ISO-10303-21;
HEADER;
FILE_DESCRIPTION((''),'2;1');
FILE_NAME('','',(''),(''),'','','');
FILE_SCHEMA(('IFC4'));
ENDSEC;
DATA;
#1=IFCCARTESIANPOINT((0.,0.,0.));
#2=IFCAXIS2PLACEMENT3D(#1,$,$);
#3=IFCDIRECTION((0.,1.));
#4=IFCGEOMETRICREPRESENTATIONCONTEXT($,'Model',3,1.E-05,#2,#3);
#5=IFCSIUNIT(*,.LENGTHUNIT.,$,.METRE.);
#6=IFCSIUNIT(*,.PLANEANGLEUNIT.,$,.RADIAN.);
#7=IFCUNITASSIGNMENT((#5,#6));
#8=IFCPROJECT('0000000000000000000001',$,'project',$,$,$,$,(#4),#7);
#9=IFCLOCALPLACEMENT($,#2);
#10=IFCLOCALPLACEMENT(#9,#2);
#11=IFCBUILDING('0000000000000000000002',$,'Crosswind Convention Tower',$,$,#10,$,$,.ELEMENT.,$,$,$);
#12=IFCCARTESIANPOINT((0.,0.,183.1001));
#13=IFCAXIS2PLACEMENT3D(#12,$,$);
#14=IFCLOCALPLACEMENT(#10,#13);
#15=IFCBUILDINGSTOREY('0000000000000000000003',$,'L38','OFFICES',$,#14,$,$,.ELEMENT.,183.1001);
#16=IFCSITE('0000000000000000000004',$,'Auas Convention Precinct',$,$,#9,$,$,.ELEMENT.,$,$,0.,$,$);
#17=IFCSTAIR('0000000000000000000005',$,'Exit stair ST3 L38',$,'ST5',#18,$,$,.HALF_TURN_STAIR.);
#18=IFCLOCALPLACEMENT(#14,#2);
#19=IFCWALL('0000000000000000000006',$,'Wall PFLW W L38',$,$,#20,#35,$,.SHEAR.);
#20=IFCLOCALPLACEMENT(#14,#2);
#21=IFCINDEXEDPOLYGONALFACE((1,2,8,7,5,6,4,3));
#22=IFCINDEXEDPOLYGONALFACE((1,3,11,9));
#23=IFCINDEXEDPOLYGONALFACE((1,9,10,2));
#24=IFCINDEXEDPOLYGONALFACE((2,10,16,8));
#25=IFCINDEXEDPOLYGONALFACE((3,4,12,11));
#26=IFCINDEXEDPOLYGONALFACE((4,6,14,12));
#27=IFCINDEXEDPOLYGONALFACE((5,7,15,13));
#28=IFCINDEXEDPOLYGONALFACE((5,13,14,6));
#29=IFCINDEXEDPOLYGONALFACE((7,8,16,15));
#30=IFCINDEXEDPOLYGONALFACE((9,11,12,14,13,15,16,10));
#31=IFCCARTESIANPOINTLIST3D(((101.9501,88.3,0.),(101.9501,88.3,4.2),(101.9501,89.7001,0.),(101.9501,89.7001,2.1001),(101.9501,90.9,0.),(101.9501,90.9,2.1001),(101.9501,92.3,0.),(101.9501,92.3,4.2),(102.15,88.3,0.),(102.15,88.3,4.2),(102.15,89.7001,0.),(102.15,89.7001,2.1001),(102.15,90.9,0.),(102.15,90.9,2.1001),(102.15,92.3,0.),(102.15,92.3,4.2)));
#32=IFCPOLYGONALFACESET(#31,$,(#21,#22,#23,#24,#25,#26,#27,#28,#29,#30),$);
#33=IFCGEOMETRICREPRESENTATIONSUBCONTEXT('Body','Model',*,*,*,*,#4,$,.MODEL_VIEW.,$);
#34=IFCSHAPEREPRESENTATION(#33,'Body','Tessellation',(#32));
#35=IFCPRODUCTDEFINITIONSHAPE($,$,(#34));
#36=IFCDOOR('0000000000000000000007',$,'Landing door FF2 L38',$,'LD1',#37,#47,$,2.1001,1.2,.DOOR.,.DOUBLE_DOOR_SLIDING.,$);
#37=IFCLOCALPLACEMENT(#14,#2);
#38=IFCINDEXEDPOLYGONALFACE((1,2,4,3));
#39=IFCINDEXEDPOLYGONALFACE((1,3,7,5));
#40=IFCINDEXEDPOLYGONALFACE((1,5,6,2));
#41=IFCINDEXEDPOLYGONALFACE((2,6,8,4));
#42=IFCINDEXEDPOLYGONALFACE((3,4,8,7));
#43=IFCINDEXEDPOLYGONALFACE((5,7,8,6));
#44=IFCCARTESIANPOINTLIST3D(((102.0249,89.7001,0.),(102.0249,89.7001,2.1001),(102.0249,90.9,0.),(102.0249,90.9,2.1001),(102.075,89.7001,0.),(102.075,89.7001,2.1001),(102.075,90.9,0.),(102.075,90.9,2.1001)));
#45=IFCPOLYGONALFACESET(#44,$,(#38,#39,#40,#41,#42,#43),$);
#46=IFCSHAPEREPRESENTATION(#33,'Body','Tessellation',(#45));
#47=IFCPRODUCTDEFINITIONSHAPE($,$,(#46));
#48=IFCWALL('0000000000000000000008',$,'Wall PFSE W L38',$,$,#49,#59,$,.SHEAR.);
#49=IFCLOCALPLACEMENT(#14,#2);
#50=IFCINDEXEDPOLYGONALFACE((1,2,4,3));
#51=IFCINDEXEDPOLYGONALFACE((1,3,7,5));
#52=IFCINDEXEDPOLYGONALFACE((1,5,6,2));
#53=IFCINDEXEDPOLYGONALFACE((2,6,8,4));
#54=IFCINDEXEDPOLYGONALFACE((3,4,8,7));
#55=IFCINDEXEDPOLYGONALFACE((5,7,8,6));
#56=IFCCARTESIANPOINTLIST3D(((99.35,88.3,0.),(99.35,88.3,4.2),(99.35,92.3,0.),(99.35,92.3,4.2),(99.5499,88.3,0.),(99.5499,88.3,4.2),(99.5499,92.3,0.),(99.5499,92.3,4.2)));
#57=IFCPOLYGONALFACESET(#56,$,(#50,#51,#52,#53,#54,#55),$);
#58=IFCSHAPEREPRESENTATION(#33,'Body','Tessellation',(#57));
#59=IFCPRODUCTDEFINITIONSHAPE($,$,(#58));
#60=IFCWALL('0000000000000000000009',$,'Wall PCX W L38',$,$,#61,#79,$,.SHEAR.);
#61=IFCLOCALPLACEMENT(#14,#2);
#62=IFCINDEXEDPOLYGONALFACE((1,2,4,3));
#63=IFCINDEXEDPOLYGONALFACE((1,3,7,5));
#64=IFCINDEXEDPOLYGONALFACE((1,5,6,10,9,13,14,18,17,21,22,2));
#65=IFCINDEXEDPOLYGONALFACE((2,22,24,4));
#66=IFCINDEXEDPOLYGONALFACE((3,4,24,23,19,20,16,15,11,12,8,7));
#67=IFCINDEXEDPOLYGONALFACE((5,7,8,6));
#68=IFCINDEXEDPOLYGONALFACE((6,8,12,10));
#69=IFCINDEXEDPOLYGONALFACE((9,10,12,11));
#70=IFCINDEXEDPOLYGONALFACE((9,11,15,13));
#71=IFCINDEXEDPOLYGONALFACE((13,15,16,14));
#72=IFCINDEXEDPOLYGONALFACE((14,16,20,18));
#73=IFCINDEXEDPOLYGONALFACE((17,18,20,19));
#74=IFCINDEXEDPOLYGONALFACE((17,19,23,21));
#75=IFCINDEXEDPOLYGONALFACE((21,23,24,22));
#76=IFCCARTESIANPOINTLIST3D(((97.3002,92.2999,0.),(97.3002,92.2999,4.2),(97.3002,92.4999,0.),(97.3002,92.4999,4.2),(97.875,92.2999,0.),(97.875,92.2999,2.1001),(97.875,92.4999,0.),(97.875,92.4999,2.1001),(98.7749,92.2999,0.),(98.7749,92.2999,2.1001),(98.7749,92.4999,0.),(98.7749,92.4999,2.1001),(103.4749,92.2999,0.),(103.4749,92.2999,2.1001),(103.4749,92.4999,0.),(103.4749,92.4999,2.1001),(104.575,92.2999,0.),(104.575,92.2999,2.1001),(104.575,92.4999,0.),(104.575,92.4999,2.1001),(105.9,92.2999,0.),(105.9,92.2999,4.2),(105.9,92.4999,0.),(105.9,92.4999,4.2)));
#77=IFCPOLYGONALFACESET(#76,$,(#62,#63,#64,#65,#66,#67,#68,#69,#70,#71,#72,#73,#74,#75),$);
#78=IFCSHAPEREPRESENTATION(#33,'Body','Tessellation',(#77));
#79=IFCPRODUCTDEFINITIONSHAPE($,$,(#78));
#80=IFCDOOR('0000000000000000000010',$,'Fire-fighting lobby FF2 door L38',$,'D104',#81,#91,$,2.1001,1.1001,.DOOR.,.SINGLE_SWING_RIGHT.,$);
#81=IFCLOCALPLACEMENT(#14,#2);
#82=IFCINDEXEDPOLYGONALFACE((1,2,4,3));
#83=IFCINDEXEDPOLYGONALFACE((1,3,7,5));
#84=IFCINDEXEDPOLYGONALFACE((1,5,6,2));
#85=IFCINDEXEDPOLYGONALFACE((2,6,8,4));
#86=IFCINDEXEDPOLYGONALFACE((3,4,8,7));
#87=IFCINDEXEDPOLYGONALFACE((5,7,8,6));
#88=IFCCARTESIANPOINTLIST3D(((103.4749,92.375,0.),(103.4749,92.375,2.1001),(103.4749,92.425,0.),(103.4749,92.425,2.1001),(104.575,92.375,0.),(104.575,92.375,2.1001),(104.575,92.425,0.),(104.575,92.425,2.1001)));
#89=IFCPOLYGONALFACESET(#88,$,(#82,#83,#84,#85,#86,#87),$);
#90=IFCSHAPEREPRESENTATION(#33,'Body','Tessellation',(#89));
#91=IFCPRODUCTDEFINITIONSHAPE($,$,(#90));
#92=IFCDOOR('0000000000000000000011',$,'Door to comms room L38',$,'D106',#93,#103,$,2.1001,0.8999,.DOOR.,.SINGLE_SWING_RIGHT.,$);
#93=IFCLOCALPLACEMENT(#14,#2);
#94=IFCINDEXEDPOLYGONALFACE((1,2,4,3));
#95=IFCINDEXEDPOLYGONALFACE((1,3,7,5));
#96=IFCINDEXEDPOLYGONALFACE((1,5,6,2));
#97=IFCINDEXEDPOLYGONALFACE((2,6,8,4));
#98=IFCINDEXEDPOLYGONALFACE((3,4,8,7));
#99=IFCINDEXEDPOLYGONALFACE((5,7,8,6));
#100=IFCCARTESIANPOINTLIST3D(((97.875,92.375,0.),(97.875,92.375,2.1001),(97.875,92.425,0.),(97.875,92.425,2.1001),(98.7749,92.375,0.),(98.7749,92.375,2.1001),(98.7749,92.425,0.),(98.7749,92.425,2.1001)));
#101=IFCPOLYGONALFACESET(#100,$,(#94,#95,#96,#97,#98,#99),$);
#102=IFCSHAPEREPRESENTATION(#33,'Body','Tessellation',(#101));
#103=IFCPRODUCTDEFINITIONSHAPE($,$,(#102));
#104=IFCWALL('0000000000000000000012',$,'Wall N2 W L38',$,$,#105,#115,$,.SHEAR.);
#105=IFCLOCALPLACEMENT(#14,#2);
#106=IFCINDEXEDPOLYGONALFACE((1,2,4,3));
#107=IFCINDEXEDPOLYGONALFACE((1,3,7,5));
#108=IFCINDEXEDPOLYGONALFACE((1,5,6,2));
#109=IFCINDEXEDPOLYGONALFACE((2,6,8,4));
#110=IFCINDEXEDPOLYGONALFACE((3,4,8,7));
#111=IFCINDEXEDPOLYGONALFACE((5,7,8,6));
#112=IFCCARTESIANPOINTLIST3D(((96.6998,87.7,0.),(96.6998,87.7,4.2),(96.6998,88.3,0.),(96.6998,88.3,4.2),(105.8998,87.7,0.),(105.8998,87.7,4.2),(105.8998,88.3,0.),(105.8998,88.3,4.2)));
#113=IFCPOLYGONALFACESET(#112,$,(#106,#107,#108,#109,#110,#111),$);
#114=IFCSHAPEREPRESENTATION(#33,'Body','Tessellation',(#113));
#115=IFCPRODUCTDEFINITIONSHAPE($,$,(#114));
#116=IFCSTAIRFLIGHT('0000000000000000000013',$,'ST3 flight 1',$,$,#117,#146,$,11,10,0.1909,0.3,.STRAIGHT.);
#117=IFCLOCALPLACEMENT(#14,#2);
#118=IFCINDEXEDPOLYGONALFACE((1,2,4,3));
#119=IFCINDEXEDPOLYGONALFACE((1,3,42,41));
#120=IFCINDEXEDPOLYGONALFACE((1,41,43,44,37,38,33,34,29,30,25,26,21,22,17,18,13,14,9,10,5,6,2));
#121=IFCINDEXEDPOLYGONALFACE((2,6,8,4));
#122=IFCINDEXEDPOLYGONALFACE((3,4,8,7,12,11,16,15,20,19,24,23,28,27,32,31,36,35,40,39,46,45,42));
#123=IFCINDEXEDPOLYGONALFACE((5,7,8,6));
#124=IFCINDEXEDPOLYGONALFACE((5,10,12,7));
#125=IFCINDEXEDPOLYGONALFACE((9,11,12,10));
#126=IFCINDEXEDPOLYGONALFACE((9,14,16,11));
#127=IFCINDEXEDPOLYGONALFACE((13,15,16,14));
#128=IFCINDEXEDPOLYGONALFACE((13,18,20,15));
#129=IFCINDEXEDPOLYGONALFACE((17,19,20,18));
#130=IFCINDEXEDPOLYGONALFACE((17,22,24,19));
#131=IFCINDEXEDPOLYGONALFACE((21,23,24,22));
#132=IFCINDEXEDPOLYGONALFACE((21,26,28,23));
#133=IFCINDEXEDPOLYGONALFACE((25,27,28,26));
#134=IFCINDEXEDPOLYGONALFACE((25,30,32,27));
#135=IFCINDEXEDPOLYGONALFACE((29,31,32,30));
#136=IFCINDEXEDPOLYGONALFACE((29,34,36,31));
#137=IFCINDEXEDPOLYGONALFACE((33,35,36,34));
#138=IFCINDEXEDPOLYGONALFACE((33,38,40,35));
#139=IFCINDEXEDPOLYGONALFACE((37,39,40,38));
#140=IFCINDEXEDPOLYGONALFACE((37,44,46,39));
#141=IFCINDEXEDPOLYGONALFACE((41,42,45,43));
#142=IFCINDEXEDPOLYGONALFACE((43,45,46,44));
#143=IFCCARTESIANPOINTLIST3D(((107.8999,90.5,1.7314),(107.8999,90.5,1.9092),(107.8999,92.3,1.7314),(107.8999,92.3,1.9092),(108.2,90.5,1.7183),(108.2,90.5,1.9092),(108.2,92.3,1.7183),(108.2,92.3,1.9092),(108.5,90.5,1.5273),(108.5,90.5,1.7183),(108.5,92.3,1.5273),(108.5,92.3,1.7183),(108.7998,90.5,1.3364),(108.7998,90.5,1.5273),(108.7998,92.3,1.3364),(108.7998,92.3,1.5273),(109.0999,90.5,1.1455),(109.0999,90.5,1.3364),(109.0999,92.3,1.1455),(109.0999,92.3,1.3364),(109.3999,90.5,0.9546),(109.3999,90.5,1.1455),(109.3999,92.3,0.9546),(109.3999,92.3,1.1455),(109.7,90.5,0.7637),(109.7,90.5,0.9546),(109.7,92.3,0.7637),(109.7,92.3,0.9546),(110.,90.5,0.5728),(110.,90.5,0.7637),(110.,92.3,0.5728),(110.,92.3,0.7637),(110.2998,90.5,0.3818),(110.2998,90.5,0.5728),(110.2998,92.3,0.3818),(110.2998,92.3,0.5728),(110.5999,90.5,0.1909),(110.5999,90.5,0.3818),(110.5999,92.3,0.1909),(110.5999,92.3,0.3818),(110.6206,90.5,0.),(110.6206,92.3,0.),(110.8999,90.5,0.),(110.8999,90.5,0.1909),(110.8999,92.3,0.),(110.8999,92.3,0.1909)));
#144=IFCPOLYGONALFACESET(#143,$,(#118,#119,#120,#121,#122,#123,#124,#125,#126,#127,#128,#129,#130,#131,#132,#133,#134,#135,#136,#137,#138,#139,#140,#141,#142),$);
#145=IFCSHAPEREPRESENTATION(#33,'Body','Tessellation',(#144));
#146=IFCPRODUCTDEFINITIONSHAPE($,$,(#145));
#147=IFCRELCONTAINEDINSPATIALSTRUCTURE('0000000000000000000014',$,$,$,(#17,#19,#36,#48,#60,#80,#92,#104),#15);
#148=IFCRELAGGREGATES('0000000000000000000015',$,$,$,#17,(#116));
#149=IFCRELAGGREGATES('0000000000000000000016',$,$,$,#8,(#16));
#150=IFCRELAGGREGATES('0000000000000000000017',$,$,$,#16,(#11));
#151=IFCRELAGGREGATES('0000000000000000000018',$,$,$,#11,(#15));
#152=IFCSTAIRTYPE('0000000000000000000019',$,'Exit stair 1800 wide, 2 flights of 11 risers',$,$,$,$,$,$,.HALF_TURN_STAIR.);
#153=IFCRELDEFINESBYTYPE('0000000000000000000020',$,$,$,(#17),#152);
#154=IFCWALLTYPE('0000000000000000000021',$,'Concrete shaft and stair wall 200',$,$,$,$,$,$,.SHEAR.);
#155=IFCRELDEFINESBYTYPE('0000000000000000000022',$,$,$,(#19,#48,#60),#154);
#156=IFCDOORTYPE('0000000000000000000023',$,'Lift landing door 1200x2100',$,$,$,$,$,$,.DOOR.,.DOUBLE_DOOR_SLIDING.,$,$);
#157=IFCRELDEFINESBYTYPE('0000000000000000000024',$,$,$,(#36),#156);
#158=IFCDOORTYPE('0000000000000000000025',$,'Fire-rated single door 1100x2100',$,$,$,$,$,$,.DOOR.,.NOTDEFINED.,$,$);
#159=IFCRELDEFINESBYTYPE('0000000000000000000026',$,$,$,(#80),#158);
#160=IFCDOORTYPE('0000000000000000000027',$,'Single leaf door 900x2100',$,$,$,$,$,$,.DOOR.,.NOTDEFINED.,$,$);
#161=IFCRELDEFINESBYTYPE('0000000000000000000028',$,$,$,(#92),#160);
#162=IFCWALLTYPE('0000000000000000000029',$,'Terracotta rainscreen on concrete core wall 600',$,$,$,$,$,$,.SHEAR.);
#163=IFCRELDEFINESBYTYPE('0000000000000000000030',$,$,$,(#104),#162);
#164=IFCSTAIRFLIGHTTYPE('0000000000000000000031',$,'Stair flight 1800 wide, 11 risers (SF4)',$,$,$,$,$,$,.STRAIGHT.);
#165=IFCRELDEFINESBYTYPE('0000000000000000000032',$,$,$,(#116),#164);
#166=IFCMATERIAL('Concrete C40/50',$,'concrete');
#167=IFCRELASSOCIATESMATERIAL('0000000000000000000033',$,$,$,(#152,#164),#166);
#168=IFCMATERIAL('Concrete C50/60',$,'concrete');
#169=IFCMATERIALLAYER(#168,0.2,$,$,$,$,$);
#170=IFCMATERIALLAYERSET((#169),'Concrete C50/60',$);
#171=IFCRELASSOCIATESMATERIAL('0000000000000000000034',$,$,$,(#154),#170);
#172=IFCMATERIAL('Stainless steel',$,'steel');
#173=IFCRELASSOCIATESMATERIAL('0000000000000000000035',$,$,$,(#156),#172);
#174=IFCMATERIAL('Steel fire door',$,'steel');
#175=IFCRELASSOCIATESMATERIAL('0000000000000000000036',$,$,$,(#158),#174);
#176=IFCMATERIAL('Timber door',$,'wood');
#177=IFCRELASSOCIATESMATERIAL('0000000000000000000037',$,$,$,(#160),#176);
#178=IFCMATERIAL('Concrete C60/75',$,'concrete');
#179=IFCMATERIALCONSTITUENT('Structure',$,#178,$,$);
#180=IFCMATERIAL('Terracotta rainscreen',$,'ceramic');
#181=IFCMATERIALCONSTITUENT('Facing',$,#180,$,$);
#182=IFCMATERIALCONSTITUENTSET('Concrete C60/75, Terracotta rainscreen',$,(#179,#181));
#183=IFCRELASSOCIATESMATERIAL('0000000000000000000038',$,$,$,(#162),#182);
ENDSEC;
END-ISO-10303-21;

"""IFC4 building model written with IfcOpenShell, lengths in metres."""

from ifc_helpers import new_model, si_unit, direction, frame, frame_2d, origin, place, context, subcontext, project, spatial, polyline, rectangle, outline, extrude, material, layer, layer_set, constituent, constituent_set, type_object, element, fill, aggregate, save


model = new_model("IFC4")

# Units and contexts
model_context = context("Model", 3, precision=1e-05, world=origin(), true_north=direction((0.0, 1.0)))
body_context = subcontext(model_context, "Body", "Model", "MODEL_VIEW")
ifc_project = project(units=[si_unit("LENGTHUNIT", "METRE"), si_unit("PLANEANGLEUNIT", "RADIAN")], contexts=[model_context])

# Site, building, storey
site_placement = place(None, origin())
site = spatial("IfcSite", under=ifc_project, at=site_placement, Name="Auas Convention Precinct", CompositionType="ELEMENT", RefElevation=0.0)
building_placement = place(site_placement, origin())
building = spatial("IfcBuilding", under=site, at=building_placement, Name="Crosswind Convention Tower", CompositionType="ELEMENT")
storey_placement = place(building_placement, frame((0.0, 0.0, 183.1001)))
storey = spatial("IfcBuildingStorey", under=building, at=storey_placement, Name="L38", Description="OFFICES", CompositionType="ELEMENT", Elevation=183.1001)

# Shared definitions
ifc_material_1 = material(Name="Concrete C40/50", Category="concrete")

# Stair
stair_type = type_object("IfcStairType", Name="Exit stair 1800 wide, 2 flights of 11 risers", PredefinedType="HALF_TURN_STAIR", material=ifc_material_1)
stair_1_placement = place(storey_placement, origin())
stair_1 = element("IfcStair", 1, at=stair_1_placement, inside=storey, type_object=stair_type, Name="Exit stair ST3 L38", ObjectType="ST5", PredefinedType="HALF_TURN_STAIR")

# Shared definitions
ifc_material_2 = material(Name="Concrete C50/60", Category="concrete")
ifc_layer_1 = layer(ifc_material_2, 0.2)
ifc_layer_set_1 = layer_set([ifc_layer_1], Name="Concrete C50/60")
wall_type_1 = type_object("IfcWallType", Name="Concrete shaft and stair wall 200", PredefinedType="SHEAR", material=ifc_layer_set_1)

# Wall, opening, door
wall_1_placement = place(storey_placement, frame((102.05, 92.3, 0.0), z_axis=(0.0, 0.0, 1.0), x_axis=(0.0, -1.0, 0.0)))
wall_1 = element("IfcWall", 2, at=wall_1_placement, inside=storey, type_object=wall_type_1, Name="Wall PFLW W L38", PredefinedType="SHEAR", context=body_context, shape_type="SweptSolid", body=[
    extrude(rectangle(XDim=4.0, YDim=0.2, at=frame_2d((2.0, 0.0))), origin(), (0.0, 0.0, 1.0), 4.2),
])
opening_1_placement = place(wall_1_placement, frame((1.3999, 0.0, 0.0)))
opening_1 = element("IfcOpeningElement", 3, at=opening_1_placement, cuts=wall_1, PredefinedType="OPENING", context=body_context, shape_type="SweptSolid", body=[
    extrude(rectangle(XDim=1.2, YDim=2.1001, at=frame_2d((0.6001, 1.05))), frame((0.0, 0.1099, 0.0), z_axis=(0.0, -1.0, 0.0), x_axis=(1.0, 0.0, 0.0)), (0.0, 0.0, 1.0), 0.22),
])
ifc_material_3 = material(Name="Stainless steel", Category="steel")
door_type_1 = type_object("IfcDoorType", Name="Lift landing door 1200x2100", OperationType="DOUBLE_DOOR_SLIDING", PredefinedType="DOOR", material=ifc_material_3)
door_1_placement = place(opening_1_placement, origin())
door_1 = element("IfcDoor", 4, at=door_1_placement, inside=storey, type_object=door_type_1, Name="Landing door FF2 L38", ObjectType="LD1", OperationType="DOUBLE_DOOR_SLIDING", OverallHeight=2.1001, OverallWidth=1.2, PredefinedType="DOOR", context=body_context, shape_type="SweptSolid", body=[
    extrude(rectangle(XDim=1.2, YDim=2.1001, at=frame_2d((0.6001, 1.05))), frame((0.0, 0.0249, 0.0), z_axis=(0.0, -1.0, 0.0), x_axis=(1.0, 0.0, 0.0)), (0.0, 0.0, 1.0), 0.05),
])
fill(opening_1, door_1)

# Wall
wall_2_placement = place(storey_placement, frame((99.45, 92.3, 0.0), z_axis=(0.0, 0.0, 1.0), x_axis=(0.0, -1.0, 0.0)))
element("IfcWall", 5, at=wall_2_placement, inside=storey, type_object=wall_type_1, Name="Wall PFSE W L38", PredefinedType="SHEAR", context=body_context, shape_type="SweptSolid", body=[
    extrude(rectangle(XDim=4.0, YDim=0.2, at=frame_2d((2.0, 0.0))), origin(), (0.0, 0.0, 1.0), 4.2),
])

# Wall, openings, doors
wall_3_placement = place(storey_placement, frame((105.8999, 92.3999, 0.0), z_axis=(0.0, 0.0, 1.0), x_axis=(-1.0, 0.0, 0.0)))
wall_3 = element("IfcWall", 6, at=wall_3_placement, inside=storey, type_object=wall_type_1, Name="Wall PCX W L38", PredefinedType="SHEAR", context=body_context, shape_type="SweptSolid", body=[
    extrude(rectangle(XDim=8.5999, YDim=0.2, at=frame_2d((4.2998, 0.0))), origin(), (0.0, 0.0, 1.0), 4.2),
])
opening_2_placement = place(wall_3_placement, frame((1.325, 0.0, 0.0)))
opening_2 = element("IfcOpeningElement", 7, at=opening_2_placement, cuts=wall_3, PredefinedType="OPENING", context=body_context, shape_type="SweptSolid", body=[
    extrude(rectangle(XDim=1.1001, YDim=2.1001, at=frame_2d((0.55, 1.05))), frame((0.0, 0.1099, 0.0), z_axis=(0.0, -1.0, 0.0), x_axis=(1.0, 0.0, 0.0)), (0.0, 0.0, 1.0), 0.22),
])
opening_3_placement = place(wall_3_placement, frame((7.125, 0.0, 0.0)))
opening_3 = element("IfcOpeningElement", 8, at=opening_3_placement, cuts=wall_3, PredefinedType="OPENING", context=body_context, shape_type="SweptSolid", body=[
    extrude(rectangle(XDim=0.8999, YDim=2.1001, at=frame_2d((0.45, 1.05))), frame((0.0, 0.1099, 0.0), z_axis=(0.0, -1.0, 0.0), x_axis=(1.0, 0.0, 0.0)), (0.0, 0.0, 1.0), 0.22),
])
ifc_material_4 = material(Name="Steel fire door", Category="steel")
door_type_2 = type_object("IfcDoorType", Name="Fire-rated single door 1100x2100", OperationType="NOTDEFINED", PredefinedType="DOOR", material=ifc_material_4)
door_2_placement = place(opening_2_placement, origin())
door_2 = element("IfcDoor", 9, at=door_2_placement, inside=storey, type_object=door_type_2, Name="Fire-fighting lobby FF2 door L38", ObjectType="D104", OperationType="SINGLE_SWING_RIGHT", OverallHeight=2.1001, OverallWidth=1.1001, PredefinedType="DOOR", context=body_context, shape_type="SweptSolid", body=[
    extrude(rectangle(XDim=1.1001, YDim=2.1001, at=frame_2d((0.55, 1.05))), frame((0.0, 0.0249, 0.0), z_axis=(0.0, -1.0, 0.0), x_axis=(1.0, 0.0, 0.0)), (0.0, 0.0, 1.0), 0.05),
])
fill(opening_2, door_2)
ifc_material_5 = material(Name="Timber door", Category="wood")
door_type_3 = type_object("IfcDoorType", Name="Single leaf door 900x2100", OperationType="NOTDEFINED", PredefinedType="DOOR", material=ifc_material_5)
door_3_placement = place(opening_3_placement, origin())
door_3 = element("IfcDoor", 10, at=door_3_placement, inside=storey, type_object=door_type_3, Name="Door to comms room L38", ObjectType="D106", OperationType="SINGLE_SWING_RIGHT", OverallHeight=2.1001, OverallWidth=0.8999, PredefinedType="DOOR", context=body_context, shape_type="SweptSolid", body=[
    extrude(rectangle(XDim=0.8999, YDim=2.1001, at=frame_2d((0.45, 1.05))), frame((0.0, 0.0249, 0.0), z_axis=(0.0, -1.0, 0.0), x_axis=(1.0, 0.0, 0.0)), (0.0, 0.0, 1.0), 0.05),
])
fill(opening_3, door_3)

# Wall
ifc_material_6 = material(Name="Concrete C60/75", Category="concrete")
ifc_constituent_1 = constituent(ifc_material_6, Name="Structure")
ifc_material_7 = material(Name="Terracotta rainscreen", Category="ceramic")
ifc_constituent_2 = constituent(ifc_material_7, Name="Facing")
ifc_constituent_set = constituent_set(constituents=[ifc_constituent_1, ifc_constituent_2], Name="Concrete C60/75, Terracotta rainscreen")
wall_type_2 = type_object("IfcWallType", Name="Terracotta rainscreen on concrete core wall 600", PredefinedType="SHEAR", material=ifc_constituent_set)
wall_4_placement = place(storey_placement, frame((105.8999, 88.0, 0.0), z_axis=(0.0, 0.0, 1.0), x_axis=(-1.0, 0.0, 0.0)))
element("IfcWall", 11, at=wall_4_placement, inside=storey, type_object=wall_type_2, Name="Wall N2 W L38", PredefinedType="SHEAR", context=body_context, shape_type="SweptSolid", body=[
    extrude(rectangle(XDim=9.2, YDim=0.6001, at=frame_2d((4.6001, 0.0))), origin(), (0.0, 0.0, 1.0), 4.2),
])

# Stair flight
stair_flight_type = type_object("IfcStairFlightType", Name="Stair flight 1800 wide, 11 risers (SF4)", PredefinedType="STRAIGHT", material=ifc_material_1)
stair_flight_1_placement = place(storey_placement, frame((110.8999, 91.3999, 0.0), z_axis=(0.0, 0.0, 1.0), x_axis=(-1.0, 0.0, 0.0)))
stair_flight_1 = element("IfcStairFlight", 12, at=stair_flight_1_placement, type_object=stair_flight_type, Name="ST3 flight 1", NumberOfRisers=11, NumberOfTreads=10, PredefinedType="STRAIGHT", RiserHeight=0.1909, TreadLength=0.3, context=body_context, shape_type="SweptSolid", body=[
    extrude(outline(polyline([(0.0, 0.0), (0.0, 0.1909), (0.3, 0.1909), (0.3, 0.3818), (0.6001, 0.3818), (0.6001, 0.5728), (0.8999, 0.5728), (0.8999, 0.7637), (1.2, 0.7637), (1.2, 0.9546), (1.5, 0.9546), (1.5, 1.1455), (1.8, 1.1455), (1.8, 1.3364), (2.1001, 1.3364), (2.1001, 1.5273), (2.3999, 1.5273), (2.3999, 1.7183), (2.7, 1.7183), (2.7, 1.9092), (3.0, 1.9092), (3.0, 2.1001), (3.0, 1.7314), (0.2793, 0.0), (0.0, 0.0)])), frame((0.0, 0.8999, 0.0), z_axis=(0.0, -1.0, 0.0), x_axis=(1.0, 0.0, 0.0)), (0.0, 0.0, 1.0), 1.8),
])
aggregate(stair_1, [stair_flight_1])

save(model, "model.ifc")
